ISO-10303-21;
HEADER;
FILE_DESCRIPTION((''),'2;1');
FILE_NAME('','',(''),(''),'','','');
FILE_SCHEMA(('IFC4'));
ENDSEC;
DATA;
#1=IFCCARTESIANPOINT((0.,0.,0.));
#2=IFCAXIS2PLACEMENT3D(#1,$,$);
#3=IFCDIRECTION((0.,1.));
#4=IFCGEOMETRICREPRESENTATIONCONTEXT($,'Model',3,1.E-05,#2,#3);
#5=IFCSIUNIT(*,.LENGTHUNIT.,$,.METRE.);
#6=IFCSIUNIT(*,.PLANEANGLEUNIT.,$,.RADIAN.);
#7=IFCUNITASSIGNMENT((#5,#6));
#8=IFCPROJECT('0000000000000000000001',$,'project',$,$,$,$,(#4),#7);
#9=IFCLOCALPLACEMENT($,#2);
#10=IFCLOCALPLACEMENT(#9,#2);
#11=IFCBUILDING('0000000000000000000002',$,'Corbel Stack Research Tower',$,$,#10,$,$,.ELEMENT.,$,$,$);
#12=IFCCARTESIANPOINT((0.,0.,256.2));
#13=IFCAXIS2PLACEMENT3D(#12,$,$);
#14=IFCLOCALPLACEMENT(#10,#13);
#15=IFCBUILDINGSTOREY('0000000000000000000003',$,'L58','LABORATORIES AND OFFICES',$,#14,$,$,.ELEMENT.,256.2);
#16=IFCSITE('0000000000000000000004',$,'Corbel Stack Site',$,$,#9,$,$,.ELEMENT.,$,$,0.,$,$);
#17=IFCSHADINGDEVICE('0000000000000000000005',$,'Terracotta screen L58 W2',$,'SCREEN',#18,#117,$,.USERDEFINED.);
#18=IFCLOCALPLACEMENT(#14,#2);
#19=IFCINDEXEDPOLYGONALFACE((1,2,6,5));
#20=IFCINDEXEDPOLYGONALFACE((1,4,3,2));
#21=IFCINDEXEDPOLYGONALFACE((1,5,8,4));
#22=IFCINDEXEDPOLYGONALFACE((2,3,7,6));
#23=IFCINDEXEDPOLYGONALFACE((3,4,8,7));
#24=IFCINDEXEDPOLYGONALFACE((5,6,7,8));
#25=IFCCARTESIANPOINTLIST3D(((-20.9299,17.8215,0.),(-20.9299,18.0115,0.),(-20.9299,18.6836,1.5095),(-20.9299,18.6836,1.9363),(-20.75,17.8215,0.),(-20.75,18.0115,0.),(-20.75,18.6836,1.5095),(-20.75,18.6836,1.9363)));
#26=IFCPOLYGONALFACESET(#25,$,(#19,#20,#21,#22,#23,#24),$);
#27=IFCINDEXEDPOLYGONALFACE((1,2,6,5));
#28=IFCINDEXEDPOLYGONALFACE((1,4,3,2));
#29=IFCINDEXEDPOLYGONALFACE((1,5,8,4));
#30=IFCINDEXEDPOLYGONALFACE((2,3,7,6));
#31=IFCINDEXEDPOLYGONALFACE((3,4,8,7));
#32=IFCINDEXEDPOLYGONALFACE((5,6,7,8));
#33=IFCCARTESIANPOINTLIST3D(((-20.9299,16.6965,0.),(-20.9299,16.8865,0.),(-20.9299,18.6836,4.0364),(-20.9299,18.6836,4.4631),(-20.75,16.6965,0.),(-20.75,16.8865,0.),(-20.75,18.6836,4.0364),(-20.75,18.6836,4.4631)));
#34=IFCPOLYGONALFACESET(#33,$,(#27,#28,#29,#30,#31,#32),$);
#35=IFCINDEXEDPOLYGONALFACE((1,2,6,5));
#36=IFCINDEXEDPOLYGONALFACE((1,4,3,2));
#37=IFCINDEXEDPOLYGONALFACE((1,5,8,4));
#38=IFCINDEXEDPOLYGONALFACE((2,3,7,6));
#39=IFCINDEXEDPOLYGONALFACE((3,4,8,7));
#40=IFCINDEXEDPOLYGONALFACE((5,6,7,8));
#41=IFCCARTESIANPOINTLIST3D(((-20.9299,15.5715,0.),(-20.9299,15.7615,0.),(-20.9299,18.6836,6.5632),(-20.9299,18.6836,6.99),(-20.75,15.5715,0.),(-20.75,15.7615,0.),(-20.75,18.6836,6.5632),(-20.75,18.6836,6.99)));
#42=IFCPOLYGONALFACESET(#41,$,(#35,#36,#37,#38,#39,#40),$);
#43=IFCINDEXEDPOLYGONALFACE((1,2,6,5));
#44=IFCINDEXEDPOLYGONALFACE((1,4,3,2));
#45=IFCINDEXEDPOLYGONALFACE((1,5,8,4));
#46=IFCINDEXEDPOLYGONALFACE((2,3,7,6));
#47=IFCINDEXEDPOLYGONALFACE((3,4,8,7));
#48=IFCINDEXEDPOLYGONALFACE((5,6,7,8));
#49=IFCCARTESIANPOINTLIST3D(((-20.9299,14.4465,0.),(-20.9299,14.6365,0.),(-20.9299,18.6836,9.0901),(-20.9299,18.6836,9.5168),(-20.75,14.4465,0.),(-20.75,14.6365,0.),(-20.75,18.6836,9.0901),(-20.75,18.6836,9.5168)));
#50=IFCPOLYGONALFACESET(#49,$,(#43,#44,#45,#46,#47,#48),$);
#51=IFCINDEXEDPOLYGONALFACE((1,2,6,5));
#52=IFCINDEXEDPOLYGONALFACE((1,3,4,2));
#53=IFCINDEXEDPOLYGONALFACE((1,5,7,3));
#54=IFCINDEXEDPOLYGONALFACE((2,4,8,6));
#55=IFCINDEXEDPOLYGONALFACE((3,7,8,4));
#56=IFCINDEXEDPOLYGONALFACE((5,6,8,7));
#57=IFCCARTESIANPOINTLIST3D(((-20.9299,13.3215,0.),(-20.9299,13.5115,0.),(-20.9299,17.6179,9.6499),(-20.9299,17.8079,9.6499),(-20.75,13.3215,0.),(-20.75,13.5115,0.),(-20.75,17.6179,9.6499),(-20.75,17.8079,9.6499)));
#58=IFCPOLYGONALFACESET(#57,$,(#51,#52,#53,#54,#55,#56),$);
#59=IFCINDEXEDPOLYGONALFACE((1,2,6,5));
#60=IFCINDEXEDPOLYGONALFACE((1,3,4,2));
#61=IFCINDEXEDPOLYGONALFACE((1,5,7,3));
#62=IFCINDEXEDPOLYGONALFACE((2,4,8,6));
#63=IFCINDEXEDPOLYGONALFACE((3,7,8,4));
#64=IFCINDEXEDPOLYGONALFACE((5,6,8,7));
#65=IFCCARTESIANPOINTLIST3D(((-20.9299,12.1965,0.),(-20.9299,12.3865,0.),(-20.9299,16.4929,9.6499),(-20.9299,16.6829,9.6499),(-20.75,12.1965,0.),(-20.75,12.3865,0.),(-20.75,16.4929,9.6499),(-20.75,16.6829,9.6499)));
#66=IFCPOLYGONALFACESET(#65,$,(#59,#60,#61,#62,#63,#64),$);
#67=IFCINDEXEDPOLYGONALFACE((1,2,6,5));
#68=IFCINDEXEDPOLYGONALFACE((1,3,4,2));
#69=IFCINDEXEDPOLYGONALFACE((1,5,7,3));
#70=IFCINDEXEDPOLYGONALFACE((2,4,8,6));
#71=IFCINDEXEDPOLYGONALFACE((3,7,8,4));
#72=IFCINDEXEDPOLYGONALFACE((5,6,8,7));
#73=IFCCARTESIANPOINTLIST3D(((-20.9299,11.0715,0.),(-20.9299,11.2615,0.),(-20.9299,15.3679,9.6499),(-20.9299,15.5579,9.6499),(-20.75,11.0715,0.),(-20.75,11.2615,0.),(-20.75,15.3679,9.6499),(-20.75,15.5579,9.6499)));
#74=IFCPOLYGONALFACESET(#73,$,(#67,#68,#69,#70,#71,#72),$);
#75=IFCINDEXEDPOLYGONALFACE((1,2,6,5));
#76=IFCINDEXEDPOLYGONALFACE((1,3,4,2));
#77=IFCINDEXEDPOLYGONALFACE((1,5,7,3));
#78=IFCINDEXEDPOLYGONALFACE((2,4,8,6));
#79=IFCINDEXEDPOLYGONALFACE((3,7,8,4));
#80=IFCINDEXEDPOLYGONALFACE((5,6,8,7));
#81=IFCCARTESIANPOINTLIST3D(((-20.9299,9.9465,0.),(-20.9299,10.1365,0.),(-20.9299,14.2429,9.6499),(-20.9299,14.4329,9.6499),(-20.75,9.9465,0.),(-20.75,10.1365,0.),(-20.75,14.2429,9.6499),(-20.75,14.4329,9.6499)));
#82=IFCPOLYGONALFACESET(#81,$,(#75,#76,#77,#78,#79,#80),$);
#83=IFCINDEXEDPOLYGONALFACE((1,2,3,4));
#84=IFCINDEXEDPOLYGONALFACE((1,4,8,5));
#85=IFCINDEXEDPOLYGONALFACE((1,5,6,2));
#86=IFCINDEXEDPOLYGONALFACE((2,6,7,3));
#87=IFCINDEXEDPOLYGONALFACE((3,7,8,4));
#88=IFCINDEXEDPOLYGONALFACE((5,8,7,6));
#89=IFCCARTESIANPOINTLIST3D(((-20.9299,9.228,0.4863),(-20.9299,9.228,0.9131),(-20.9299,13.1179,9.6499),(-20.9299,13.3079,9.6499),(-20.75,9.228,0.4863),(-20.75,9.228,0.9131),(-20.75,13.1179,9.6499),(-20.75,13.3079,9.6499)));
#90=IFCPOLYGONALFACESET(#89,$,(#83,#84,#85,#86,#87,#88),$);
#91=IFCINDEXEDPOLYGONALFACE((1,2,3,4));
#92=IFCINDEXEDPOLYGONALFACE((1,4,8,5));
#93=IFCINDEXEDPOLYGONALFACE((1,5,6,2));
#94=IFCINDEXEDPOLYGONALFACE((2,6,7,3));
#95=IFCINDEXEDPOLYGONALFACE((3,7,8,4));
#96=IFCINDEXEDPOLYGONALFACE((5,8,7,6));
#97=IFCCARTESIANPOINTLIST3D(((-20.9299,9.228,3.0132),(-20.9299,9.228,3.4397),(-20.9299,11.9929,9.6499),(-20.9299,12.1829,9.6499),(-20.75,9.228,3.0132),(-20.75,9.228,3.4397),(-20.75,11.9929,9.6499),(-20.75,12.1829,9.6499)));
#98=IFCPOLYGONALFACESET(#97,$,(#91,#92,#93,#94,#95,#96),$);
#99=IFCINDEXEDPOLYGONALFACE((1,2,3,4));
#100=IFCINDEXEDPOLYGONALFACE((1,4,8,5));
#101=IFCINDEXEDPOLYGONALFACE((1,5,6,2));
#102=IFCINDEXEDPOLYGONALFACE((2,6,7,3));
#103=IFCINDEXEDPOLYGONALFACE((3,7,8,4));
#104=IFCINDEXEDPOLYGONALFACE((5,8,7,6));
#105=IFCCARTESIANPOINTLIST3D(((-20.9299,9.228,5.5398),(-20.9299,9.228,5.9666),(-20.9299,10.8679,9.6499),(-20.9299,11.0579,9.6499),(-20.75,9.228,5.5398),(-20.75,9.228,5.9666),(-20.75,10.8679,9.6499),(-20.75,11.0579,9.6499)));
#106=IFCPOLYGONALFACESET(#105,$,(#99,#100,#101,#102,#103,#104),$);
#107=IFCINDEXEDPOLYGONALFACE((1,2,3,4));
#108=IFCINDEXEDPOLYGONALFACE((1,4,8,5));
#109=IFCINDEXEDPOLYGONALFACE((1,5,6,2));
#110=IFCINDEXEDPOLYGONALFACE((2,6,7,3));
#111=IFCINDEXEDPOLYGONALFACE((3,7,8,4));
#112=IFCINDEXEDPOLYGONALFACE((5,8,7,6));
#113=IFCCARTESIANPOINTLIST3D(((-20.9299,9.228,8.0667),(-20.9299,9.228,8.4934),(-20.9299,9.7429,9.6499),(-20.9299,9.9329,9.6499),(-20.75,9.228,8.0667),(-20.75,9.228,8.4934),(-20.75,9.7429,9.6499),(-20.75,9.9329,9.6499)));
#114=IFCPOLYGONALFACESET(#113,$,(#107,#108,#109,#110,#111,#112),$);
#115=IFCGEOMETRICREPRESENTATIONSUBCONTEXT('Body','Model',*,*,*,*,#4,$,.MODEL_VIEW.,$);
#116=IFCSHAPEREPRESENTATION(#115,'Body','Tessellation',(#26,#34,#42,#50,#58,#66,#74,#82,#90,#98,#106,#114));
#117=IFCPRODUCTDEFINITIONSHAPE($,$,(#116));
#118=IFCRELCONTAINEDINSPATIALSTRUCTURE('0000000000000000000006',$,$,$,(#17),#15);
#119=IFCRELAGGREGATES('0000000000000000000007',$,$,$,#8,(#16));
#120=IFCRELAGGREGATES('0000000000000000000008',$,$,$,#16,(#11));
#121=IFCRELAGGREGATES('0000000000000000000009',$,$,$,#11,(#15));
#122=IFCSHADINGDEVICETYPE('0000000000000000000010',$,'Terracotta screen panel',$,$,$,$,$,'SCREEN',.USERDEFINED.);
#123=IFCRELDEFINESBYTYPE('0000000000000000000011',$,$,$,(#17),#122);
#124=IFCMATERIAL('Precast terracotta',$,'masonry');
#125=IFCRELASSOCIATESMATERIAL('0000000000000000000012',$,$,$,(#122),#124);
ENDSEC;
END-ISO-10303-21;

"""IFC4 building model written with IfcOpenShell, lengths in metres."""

from ifc_helpers import new_model, si_unit, direction, frame, origin, place, context, subcontext, project, spatial, polyline, outline, extrude, source, transform, mapped, material, type_object, element, save


model = new_model("IFC4")

# Units and contexts
model_context = context("Model", 3, precision=1e-05, world=origin(), true_north=direction((0.0, 1.0)))
body_context = subcontext(model_context, "Body", "Model", "MODEL_VIEW")
ifc_project = project(units=[si_unit("LENGTHUNIT", "METRE"), si_unit("PLANEANGLEUNIT", "RADIAN")], contexts=[model_context])

# Site, building, storey
site_placement = place(None, origin())
site = spatial("IfcSite", under=ifc_project, at=site_placement, Name="Corbel Stack Site", CompositionType="ELEMENT", RefElevation=0.0)
building_placement = place(site_placement, origin())
building = spatial("IfcBuilding", under=site, at=building_placement, Name="Corbel Stack Research Tower", CompositionType="ELEMENT")
storey_placement = place(building_placement, frame((0.0, 0.0, 256.2)))
storey = spatial("IfcBuildingStorey", under=building, at=storey_placement, Name="L58", Description="LABORATORIES AND OFFICES", CompositionType="ELEMENT", Elevation=256.2)

# Shading device
ifc_material_1 = material(Name="Precast terracotta", Category="masonry")
shading_device_type = type_object("IfcShadingDeviceType", Name="Terracotta screen panel", ElementType="SCREEN", PredefinedType="USERDEFINED", material=ifc_material_1)
shared_shape_1 = source(origin(), body_context, "Body", "SweptSolid", [
    extrude(outline(polyline([(0.8621, 0.0), (0.0, 1.9363), (0.0, 1.5095), (0.6721, 0.0), (0.8621, 0.0)])), frame((0.0, 0.0, 0.0), z_axis=(0.0, -1.0, 0.0), x_axis=(1.0, 0.0, 0.0)), (0.0, 0.0, 1.0), 0.1799),
    extrude(outline(polyline([(1.9871, 0.0), (0.0, 4.4631), (0.0, 4.0364), (1.7971, 0.0), (1.9871, 0.0)])), frame((0.0, 0.0, 0.0), z_axis=(0.0, -1.0, 0.0), x_axis=(1.0, 0.0, 0.0)), (0.0, 0.0, 1.0), 0.1799),
    extrude(outline(polyline([(3.1121, 0.0), (0.0, 6.99), (0.0, 6.5632), (2.9221, 0.0), (3.1121, 0.0)])), frame((0.0, 0.0, 0.0), z_axis=(0.0, -1.0, 0.0), x_axis=(1.0, 0.0, 0.0)), (0.0, 0.0, 1.0), 0.1799),
    extrude(outline(polyline([(4.2371, 0.0), (0.0, 9.5168), (0.0, 9.0901), (4.0471, 0.0), (4.2371, 0.0)])), frame((0.0, 0.0, 0.0), z_axis=(0.0, -1.0, 0.0), x_axis=(1.0, 0.0, 0.0)), (0.0, 0.0, 1.0), 0.1799),
    extrude(outline(polyline([(5.3621, 0.0), (1.0657, 9.6499), (0.8757, 9.6499), (5.1721, 0.0), (5.3621, 0.0)])), frame((0.0, 0.0, 0.0), z_axis=(0.0, -1.0, 0.0), x_axis=(1.0, 0.0, 0.0)), (0.0, 0.0, 1.0), 0.1799),
    extrude(outline(polyline([(6.4871, 0.0), (2.1907, 9.6499), (2.0007, 9.6499), (6.2971, 0.0), (6.4871, 0.0)])), frame((0.0, 0.0, 0.0), z_axis=(0.0, -1.0, 0.0), x_axis=(1.0, 0.0, 0.0)), (0.0, 0.0, 1.0), 0.1799),
    extrude(outline(polyline([(7.6121, 0.0), (3.3157, 9.6499), (3.1257, 9.6499), (7.4221, 0.0), (7.6121, 0.0)])), frame((0.0, 0.0, 0.0), z_axis=(0.0, -1.0, 0.0), x_axis=(1.0, 0.0, 0.0)), (0.0, 0.0, 1.0), 0.1799),
    extrude(outline(polyline([(8.7371, 0.0), (4.4407, 9.6499), (4.2507, 9.6499), (8.5471, 0.0), (8.7371, 0.0)])), frame((0.0, 0.0, 0.0), z_axis=(0.0, -1.0, 0.0), x_axis=(1.0, 0.0, 0.0)), (0.0, 0.0, 1.0), 0.1799),
    extrude(outline(polyline([(5.5657, 9.6499), (5.3757, 9.6499), (9.4556, 0.4863), (9.4556, 0.9131), (5.5657, 9.6499)])), frame((0.0, 0.0, 0.0), z_axis=(0.0, -1.0, 0.0), x_axis=(1.0, 0.0, 0.0)), (0.0, 0.0, 1.0), 0.1799),
    extrude(outline(polyline([(6.6907, 9.6499), (6.5007, 9.6499), (9.4556, 3.0132), (9.4556, 3.4397), (6.6907, 9.6499)])), frame((0.0, 0.0, 0.0), z_axis=(0.0, -1.0, 0.0), x_axis=(1.0, 0.0, 0.0)), (0.0, 0.0, 1.0), 0.1799),
    extrude(outline(polyline([(7.8157, 9.6499), (7.6257, 9.6499), (9.4556, 5.5398), (9.4556, 5.9666), (7.8157, 9.6499)])), frame((0.0, 0.0, 0.0), z_axis=(0.0, -1.0, 0.0), x_axis=(1.0, 0.0, 0.0)), (0.0, 0.0, 1.0), 0.1799),
    extrude(outline(polyline([(8.9407, 9.6499), (8.7507, 9.6499), (9.4556, 8.0667), (9.4556, 8.4934), (8.9407, 9.6499)])), frame((0.0, 0.0, 0.0), z_axis=(0.0, -1.0, 0.0), x_axis=(1.0, 0.0, 0.0)), (0.0, 0.0, 1.0), 0.1799),
])
shading_device_1_placement = place(storey_placement, frame((-20.75, 18.6836, 0.0), z_axis=(0.0, 0.0, 1.0), x_axis=(0.0, -1.0, 0.0)))
element("IfcShadingDevice", 1, at=shading_device_1_placement, inside=storey, type_object=shading_device_type, Name="Terracotta screen L58 W2", ObjectType="SCREEN", PredefinedType="USERDEFINED", context=body_context, shape_type="MappedRepresentation", body=[
    mapped(shared_shape_1, transform((0.0, 0.0, 0.0))),
])

save(model, "model.ifc")
